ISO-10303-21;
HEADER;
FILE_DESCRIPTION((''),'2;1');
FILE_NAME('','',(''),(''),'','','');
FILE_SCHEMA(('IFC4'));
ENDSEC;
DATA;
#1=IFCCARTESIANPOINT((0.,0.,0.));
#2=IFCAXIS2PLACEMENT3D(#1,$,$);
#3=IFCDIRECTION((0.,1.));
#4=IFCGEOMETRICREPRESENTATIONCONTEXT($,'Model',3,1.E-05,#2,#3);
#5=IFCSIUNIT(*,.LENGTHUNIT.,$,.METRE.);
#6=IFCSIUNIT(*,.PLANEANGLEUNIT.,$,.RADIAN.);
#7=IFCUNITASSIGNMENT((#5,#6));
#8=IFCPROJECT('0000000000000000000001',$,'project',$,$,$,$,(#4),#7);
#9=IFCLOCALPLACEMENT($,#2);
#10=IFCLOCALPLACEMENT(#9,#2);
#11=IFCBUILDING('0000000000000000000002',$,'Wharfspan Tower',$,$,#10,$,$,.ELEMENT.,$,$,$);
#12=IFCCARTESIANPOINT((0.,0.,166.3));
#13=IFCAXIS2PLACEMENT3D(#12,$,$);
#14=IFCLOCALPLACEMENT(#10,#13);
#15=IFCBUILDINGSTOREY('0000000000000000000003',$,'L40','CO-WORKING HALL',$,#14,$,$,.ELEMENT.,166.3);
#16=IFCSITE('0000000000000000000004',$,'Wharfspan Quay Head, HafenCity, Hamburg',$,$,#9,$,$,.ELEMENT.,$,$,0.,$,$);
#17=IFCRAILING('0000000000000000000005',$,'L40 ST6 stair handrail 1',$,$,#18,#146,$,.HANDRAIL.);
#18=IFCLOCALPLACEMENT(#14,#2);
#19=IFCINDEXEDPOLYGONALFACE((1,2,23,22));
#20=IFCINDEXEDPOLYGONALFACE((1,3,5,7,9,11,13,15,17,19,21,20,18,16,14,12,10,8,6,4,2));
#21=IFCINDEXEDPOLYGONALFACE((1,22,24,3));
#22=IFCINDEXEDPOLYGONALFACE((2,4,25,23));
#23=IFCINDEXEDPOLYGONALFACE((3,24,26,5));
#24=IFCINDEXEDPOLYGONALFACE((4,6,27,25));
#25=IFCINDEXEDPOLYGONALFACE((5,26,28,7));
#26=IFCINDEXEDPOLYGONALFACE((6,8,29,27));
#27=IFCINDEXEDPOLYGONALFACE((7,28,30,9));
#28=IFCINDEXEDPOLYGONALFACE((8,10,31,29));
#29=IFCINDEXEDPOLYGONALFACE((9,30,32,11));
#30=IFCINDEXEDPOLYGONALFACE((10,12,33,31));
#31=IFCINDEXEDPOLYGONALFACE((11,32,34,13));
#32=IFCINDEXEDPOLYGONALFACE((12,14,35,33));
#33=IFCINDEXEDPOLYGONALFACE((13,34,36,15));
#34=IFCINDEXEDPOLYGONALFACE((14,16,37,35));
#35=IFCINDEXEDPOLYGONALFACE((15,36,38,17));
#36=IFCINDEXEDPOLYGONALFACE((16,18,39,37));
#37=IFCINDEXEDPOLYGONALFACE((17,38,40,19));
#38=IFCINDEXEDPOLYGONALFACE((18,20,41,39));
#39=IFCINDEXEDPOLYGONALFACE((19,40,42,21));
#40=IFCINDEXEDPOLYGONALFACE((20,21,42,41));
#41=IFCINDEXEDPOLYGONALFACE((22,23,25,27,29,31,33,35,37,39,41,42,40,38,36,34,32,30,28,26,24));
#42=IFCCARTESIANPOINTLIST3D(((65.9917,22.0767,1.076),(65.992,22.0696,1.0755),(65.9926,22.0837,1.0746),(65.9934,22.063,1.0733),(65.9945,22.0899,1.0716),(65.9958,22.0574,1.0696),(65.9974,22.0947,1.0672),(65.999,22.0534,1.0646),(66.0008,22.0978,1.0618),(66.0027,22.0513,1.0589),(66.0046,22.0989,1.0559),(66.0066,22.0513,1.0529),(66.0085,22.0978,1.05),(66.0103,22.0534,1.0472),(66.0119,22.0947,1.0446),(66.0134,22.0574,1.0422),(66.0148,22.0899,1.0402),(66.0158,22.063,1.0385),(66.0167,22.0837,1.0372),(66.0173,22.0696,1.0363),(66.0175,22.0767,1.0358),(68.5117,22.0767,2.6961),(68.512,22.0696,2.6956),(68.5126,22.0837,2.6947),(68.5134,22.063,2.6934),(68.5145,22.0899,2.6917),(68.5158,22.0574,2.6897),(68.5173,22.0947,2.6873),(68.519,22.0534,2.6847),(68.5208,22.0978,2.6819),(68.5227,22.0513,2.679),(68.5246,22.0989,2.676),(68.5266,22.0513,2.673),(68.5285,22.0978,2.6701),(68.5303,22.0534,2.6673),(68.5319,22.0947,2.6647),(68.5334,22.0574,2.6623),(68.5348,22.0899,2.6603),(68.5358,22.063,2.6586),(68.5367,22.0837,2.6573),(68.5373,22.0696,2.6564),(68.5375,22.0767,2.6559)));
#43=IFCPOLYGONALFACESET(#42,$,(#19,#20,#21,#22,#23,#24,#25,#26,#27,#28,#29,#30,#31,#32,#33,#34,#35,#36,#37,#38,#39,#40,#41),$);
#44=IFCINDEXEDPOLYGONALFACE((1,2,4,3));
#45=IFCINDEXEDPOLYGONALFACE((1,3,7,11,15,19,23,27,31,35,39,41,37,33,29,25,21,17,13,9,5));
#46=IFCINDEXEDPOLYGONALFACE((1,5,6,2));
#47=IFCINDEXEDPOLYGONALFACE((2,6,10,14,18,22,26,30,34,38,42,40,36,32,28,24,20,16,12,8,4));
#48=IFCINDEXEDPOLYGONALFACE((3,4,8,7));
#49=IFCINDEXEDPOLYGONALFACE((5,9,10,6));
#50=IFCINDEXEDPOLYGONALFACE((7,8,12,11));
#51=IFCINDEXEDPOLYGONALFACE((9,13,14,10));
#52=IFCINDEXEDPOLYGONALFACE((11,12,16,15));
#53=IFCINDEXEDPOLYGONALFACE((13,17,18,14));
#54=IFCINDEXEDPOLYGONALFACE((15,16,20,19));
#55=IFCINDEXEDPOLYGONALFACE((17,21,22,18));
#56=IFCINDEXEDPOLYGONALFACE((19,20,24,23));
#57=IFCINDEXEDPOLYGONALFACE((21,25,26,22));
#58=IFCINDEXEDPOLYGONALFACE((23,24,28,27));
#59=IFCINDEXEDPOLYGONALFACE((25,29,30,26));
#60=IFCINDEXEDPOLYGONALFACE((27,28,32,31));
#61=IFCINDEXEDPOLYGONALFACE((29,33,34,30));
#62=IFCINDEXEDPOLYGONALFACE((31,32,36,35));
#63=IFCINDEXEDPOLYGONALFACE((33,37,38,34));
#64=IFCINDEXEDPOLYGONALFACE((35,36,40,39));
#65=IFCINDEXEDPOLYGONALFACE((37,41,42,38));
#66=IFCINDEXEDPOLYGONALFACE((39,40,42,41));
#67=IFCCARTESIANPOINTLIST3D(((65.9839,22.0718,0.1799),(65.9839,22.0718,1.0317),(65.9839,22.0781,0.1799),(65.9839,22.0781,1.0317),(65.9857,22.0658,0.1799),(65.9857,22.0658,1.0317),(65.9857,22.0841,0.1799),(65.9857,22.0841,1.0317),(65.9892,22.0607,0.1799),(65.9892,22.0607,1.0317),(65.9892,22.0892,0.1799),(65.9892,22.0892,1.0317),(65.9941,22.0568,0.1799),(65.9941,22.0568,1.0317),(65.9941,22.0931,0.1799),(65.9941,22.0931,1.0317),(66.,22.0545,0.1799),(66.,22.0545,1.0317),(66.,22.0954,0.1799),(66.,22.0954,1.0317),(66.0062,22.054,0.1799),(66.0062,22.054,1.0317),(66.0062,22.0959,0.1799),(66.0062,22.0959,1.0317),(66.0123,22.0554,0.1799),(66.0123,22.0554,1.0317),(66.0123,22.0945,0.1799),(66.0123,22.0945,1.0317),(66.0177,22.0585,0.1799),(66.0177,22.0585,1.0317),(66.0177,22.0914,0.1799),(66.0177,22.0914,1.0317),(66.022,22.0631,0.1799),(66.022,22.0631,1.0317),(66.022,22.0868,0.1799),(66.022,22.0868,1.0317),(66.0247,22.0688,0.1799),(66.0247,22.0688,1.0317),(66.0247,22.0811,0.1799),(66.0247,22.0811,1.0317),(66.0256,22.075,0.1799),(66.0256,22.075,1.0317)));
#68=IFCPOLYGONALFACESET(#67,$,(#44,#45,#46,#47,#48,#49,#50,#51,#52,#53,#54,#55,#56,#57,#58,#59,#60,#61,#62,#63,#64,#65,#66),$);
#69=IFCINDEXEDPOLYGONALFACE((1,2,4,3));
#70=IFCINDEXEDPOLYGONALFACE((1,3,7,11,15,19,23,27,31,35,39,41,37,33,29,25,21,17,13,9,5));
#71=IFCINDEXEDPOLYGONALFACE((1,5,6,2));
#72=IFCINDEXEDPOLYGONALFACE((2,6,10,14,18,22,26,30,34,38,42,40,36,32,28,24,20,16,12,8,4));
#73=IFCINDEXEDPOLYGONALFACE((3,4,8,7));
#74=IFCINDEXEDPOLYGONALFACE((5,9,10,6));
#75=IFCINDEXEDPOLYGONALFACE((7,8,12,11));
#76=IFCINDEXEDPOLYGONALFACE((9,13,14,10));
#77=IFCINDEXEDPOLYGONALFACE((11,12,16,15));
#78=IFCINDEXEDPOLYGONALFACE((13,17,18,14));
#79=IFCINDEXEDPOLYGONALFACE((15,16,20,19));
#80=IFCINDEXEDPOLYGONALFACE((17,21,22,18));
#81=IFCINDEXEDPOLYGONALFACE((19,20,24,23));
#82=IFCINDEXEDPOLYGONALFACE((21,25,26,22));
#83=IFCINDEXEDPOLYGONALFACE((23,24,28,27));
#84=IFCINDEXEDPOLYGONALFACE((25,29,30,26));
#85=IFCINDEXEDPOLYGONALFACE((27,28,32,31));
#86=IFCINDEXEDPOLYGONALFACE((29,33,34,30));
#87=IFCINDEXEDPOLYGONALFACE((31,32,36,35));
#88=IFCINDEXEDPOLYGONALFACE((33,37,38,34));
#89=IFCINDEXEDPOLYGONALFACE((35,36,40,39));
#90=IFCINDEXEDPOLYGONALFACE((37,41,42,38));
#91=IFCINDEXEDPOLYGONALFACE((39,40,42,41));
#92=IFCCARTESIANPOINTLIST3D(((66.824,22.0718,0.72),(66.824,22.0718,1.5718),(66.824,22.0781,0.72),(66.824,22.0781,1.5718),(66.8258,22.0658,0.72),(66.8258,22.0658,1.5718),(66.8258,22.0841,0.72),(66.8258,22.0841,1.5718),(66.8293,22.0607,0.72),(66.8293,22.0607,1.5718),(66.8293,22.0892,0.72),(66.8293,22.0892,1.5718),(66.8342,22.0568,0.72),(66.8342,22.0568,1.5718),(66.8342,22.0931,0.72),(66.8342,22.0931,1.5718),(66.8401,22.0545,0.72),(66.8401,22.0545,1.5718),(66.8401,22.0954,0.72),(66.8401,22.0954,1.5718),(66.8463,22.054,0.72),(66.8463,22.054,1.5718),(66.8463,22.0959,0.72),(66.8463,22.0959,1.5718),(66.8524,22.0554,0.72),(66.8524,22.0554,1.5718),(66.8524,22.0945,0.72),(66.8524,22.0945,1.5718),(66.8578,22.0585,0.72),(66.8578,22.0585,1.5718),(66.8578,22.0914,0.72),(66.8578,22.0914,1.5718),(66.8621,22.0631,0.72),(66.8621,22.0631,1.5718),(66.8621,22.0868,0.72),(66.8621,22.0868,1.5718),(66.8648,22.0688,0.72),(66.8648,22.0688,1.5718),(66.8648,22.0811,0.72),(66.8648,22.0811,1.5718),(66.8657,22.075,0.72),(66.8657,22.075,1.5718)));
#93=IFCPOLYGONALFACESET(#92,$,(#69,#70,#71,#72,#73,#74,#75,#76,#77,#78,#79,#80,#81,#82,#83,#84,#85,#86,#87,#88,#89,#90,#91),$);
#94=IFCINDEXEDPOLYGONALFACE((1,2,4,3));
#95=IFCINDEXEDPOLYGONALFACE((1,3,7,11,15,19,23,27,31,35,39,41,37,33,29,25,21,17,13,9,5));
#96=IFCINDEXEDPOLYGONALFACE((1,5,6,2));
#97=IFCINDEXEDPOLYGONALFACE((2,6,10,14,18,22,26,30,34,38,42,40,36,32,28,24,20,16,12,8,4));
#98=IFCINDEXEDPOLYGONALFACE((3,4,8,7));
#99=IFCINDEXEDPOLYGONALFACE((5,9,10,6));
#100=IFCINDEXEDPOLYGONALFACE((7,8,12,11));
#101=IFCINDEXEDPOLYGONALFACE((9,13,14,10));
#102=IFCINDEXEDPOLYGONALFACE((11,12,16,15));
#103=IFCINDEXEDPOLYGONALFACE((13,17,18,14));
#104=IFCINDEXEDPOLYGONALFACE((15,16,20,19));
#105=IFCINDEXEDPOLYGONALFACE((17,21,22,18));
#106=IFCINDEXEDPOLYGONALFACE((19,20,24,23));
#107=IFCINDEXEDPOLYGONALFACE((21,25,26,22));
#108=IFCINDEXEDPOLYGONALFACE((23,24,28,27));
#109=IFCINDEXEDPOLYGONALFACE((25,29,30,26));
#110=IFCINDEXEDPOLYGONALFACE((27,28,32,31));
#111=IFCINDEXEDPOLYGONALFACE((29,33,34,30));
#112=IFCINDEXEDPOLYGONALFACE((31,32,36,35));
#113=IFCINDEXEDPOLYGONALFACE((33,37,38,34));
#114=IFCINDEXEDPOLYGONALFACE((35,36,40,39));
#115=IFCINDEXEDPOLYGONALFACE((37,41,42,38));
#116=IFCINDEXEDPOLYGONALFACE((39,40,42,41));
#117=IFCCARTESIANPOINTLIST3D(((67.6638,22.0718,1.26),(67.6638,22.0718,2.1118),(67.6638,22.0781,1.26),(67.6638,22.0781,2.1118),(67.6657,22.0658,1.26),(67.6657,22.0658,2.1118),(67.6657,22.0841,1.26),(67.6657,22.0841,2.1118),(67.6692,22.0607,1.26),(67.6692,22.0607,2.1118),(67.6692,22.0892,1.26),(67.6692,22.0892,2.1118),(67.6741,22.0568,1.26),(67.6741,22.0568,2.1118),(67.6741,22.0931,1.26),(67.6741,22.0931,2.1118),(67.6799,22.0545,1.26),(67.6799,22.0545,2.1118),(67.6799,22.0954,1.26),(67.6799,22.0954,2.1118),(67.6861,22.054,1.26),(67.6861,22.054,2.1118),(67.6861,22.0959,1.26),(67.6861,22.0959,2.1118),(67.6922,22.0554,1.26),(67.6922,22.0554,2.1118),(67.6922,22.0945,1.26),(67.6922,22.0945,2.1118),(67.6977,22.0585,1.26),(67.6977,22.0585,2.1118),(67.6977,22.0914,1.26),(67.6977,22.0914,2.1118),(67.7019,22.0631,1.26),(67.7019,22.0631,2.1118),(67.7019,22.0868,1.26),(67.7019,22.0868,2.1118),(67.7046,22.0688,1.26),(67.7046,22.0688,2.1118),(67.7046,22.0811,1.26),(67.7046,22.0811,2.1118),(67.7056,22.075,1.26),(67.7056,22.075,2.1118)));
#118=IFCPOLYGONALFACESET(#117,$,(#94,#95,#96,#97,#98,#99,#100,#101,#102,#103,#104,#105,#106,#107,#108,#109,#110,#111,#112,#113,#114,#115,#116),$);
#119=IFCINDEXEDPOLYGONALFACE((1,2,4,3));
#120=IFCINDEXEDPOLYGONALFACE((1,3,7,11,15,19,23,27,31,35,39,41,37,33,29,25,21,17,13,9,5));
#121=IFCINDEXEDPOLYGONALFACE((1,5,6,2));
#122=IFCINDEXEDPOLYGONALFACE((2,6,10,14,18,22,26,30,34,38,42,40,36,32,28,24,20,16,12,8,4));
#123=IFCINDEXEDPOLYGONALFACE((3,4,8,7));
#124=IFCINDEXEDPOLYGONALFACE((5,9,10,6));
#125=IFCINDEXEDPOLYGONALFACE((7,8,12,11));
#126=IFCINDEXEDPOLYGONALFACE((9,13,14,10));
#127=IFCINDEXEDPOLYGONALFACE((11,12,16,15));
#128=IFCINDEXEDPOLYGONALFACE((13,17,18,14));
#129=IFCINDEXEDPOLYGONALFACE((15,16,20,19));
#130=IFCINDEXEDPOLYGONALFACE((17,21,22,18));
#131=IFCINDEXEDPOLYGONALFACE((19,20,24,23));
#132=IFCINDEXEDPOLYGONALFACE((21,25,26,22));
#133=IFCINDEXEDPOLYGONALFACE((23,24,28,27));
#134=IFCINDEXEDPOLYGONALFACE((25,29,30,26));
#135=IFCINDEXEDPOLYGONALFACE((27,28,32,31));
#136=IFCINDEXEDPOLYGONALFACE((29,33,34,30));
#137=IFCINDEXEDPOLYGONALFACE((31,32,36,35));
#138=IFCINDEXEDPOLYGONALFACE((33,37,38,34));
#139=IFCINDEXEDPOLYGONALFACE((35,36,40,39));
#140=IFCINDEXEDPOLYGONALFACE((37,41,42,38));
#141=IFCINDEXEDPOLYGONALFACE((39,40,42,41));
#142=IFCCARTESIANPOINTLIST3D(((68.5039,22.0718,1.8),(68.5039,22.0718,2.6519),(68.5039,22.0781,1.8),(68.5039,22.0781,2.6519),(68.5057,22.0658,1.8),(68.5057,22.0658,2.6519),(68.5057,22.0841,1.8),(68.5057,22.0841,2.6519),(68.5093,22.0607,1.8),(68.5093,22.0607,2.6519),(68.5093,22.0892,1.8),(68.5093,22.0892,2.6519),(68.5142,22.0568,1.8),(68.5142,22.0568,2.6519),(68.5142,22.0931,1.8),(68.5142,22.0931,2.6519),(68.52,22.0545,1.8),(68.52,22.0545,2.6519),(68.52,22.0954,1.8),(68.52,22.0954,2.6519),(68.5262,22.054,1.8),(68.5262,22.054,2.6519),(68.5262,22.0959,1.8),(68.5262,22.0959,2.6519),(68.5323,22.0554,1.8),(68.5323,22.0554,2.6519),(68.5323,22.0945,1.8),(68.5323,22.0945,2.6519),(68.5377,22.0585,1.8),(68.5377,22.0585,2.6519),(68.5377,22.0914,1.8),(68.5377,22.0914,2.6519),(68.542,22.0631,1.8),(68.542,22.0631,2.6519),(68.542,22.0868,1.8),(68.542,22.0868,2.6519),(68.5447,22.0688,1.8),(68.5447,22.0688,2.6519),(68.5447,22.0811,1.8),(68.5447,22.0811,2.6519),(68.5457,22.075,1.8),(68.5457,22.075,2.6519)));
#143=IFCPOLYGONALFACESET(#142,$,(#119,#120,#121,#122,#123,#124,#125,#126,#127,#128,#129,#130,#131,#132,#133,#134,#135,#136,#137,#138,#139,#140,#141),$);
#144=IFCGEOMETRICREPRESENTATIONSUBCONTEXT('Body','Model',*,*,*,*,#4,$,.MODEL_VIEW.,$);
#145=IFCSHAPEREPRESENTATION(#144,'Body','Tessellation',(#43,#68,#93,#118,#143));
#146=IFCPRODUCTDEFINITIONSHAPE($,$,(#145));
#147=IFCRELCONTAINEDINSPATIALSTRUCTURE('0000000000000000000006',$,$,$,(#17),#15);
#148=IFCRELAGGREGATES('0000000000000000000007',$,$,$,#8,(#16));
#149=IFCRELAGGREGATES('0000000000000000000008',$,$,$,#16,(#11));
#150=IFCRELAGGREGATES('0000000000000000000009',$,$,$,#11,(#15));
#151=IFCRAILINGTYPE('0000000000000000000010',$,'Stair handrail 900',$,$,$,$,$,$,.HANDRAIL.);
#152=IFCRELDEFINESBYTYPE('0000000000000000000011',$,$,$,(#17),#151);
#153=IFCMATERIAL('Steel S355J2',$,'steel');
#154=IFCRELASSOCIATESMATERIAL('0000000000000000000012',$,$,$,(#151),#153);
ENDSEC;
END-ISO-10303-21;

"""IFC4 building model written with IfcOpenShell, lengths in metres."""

from ifc_helpers import new_model, si_unit, direction, frame, origin, origin_2d, place, context, subcontext, project, spatial, circle, extrude, material, type_object, element, save


model = new_model("IFC4")

# Units and contexts
model_context = context("Model", 3, precision=1e-05, world=origin(), true_north=direction((0.0, 1.0)))
body_context = subcontext(model_context, "Body", "Model", "MODEL_VIEW")
ifc_project = project(units=[si_unit("LENGTHUNIT", "METRE"), si_unit("PLANEANGLEUNIT", "RADIAN")], contexts=[model_context])

# Site, building, storey
site_placement = place(None, origin())
site = spatial("IfcSite", under=ifc_project, at=site_placement, Name="Wharfspan Quay Head, HafenCity, Hamburg", CompositionType="ELEMENT", RefElevation=0.0)
building_placement = place(site_placement, origin())
building = spatial("IfcBuilding", under=site, at=building_placement, Name="Wharfspan Tower", CompositionType="ELEMENT")
storey_placement = place(building_placement, frame((0.0, 0.0, 166.3)))
storey = spatial("IfcBuildingStorey", under=building, at=storey_placement, Name="L40", Description="CO-WORKING HALL", CompositionType="ELEMENT", Elevation=166.3)

# Railing
ifc_material_1 = material(Name="Steel S355J2", Category="steel")
railing_type_1 = type_object("IfcRailingType", Name="Stair handrail 900", PredefinedType="HANDRAIL", material=ifc_material_1)
railing_1_placement = place(storey_placement, frame((66.0046, 22.075, 0.1799)))
element("IfcRailing", 1, at=railing_1_placement, inside=storey, type_object=railing_type_1, Name="L40 ST6 stair handrail 1", PredefinedType="HANDRAIL", context=body_context, shape_type="SweptSolid", body=[
    extrude(circle(Radius=0.0239, at=origin_2d()), frame((0.0, 0.0, 0.876), z_axis=(0.841163, 0.0, 0.540782), x_axis=(0.0, 1.0, 0.0)), (0.0, 0.0, 1.0), 2.9958),
    extrude(circle(Radius=0.021, at=origin_2d()), origin(), (0.0, 0.0, 1.0), 0.8518),
    extrude(circle(Radius=0.021, at=origin_2d()), frame((0.8401, 0.0, 0.54)), (0.0, 0.0, 1.0), 0.8518),
    extrude(circle(Radius=0.021, at=origin_2d()), frame((1.6799, 0.0, 1.0801)), (0.0, 0.0, 1.0), 0.8518),
    extrude(circle(Radius=0.021, at=origin_2d()), frame((2.52, 0.0, 1.6201)), (0.0, 0.0, 1.0), 0.8518),
])

save(model, "model.ifc")
